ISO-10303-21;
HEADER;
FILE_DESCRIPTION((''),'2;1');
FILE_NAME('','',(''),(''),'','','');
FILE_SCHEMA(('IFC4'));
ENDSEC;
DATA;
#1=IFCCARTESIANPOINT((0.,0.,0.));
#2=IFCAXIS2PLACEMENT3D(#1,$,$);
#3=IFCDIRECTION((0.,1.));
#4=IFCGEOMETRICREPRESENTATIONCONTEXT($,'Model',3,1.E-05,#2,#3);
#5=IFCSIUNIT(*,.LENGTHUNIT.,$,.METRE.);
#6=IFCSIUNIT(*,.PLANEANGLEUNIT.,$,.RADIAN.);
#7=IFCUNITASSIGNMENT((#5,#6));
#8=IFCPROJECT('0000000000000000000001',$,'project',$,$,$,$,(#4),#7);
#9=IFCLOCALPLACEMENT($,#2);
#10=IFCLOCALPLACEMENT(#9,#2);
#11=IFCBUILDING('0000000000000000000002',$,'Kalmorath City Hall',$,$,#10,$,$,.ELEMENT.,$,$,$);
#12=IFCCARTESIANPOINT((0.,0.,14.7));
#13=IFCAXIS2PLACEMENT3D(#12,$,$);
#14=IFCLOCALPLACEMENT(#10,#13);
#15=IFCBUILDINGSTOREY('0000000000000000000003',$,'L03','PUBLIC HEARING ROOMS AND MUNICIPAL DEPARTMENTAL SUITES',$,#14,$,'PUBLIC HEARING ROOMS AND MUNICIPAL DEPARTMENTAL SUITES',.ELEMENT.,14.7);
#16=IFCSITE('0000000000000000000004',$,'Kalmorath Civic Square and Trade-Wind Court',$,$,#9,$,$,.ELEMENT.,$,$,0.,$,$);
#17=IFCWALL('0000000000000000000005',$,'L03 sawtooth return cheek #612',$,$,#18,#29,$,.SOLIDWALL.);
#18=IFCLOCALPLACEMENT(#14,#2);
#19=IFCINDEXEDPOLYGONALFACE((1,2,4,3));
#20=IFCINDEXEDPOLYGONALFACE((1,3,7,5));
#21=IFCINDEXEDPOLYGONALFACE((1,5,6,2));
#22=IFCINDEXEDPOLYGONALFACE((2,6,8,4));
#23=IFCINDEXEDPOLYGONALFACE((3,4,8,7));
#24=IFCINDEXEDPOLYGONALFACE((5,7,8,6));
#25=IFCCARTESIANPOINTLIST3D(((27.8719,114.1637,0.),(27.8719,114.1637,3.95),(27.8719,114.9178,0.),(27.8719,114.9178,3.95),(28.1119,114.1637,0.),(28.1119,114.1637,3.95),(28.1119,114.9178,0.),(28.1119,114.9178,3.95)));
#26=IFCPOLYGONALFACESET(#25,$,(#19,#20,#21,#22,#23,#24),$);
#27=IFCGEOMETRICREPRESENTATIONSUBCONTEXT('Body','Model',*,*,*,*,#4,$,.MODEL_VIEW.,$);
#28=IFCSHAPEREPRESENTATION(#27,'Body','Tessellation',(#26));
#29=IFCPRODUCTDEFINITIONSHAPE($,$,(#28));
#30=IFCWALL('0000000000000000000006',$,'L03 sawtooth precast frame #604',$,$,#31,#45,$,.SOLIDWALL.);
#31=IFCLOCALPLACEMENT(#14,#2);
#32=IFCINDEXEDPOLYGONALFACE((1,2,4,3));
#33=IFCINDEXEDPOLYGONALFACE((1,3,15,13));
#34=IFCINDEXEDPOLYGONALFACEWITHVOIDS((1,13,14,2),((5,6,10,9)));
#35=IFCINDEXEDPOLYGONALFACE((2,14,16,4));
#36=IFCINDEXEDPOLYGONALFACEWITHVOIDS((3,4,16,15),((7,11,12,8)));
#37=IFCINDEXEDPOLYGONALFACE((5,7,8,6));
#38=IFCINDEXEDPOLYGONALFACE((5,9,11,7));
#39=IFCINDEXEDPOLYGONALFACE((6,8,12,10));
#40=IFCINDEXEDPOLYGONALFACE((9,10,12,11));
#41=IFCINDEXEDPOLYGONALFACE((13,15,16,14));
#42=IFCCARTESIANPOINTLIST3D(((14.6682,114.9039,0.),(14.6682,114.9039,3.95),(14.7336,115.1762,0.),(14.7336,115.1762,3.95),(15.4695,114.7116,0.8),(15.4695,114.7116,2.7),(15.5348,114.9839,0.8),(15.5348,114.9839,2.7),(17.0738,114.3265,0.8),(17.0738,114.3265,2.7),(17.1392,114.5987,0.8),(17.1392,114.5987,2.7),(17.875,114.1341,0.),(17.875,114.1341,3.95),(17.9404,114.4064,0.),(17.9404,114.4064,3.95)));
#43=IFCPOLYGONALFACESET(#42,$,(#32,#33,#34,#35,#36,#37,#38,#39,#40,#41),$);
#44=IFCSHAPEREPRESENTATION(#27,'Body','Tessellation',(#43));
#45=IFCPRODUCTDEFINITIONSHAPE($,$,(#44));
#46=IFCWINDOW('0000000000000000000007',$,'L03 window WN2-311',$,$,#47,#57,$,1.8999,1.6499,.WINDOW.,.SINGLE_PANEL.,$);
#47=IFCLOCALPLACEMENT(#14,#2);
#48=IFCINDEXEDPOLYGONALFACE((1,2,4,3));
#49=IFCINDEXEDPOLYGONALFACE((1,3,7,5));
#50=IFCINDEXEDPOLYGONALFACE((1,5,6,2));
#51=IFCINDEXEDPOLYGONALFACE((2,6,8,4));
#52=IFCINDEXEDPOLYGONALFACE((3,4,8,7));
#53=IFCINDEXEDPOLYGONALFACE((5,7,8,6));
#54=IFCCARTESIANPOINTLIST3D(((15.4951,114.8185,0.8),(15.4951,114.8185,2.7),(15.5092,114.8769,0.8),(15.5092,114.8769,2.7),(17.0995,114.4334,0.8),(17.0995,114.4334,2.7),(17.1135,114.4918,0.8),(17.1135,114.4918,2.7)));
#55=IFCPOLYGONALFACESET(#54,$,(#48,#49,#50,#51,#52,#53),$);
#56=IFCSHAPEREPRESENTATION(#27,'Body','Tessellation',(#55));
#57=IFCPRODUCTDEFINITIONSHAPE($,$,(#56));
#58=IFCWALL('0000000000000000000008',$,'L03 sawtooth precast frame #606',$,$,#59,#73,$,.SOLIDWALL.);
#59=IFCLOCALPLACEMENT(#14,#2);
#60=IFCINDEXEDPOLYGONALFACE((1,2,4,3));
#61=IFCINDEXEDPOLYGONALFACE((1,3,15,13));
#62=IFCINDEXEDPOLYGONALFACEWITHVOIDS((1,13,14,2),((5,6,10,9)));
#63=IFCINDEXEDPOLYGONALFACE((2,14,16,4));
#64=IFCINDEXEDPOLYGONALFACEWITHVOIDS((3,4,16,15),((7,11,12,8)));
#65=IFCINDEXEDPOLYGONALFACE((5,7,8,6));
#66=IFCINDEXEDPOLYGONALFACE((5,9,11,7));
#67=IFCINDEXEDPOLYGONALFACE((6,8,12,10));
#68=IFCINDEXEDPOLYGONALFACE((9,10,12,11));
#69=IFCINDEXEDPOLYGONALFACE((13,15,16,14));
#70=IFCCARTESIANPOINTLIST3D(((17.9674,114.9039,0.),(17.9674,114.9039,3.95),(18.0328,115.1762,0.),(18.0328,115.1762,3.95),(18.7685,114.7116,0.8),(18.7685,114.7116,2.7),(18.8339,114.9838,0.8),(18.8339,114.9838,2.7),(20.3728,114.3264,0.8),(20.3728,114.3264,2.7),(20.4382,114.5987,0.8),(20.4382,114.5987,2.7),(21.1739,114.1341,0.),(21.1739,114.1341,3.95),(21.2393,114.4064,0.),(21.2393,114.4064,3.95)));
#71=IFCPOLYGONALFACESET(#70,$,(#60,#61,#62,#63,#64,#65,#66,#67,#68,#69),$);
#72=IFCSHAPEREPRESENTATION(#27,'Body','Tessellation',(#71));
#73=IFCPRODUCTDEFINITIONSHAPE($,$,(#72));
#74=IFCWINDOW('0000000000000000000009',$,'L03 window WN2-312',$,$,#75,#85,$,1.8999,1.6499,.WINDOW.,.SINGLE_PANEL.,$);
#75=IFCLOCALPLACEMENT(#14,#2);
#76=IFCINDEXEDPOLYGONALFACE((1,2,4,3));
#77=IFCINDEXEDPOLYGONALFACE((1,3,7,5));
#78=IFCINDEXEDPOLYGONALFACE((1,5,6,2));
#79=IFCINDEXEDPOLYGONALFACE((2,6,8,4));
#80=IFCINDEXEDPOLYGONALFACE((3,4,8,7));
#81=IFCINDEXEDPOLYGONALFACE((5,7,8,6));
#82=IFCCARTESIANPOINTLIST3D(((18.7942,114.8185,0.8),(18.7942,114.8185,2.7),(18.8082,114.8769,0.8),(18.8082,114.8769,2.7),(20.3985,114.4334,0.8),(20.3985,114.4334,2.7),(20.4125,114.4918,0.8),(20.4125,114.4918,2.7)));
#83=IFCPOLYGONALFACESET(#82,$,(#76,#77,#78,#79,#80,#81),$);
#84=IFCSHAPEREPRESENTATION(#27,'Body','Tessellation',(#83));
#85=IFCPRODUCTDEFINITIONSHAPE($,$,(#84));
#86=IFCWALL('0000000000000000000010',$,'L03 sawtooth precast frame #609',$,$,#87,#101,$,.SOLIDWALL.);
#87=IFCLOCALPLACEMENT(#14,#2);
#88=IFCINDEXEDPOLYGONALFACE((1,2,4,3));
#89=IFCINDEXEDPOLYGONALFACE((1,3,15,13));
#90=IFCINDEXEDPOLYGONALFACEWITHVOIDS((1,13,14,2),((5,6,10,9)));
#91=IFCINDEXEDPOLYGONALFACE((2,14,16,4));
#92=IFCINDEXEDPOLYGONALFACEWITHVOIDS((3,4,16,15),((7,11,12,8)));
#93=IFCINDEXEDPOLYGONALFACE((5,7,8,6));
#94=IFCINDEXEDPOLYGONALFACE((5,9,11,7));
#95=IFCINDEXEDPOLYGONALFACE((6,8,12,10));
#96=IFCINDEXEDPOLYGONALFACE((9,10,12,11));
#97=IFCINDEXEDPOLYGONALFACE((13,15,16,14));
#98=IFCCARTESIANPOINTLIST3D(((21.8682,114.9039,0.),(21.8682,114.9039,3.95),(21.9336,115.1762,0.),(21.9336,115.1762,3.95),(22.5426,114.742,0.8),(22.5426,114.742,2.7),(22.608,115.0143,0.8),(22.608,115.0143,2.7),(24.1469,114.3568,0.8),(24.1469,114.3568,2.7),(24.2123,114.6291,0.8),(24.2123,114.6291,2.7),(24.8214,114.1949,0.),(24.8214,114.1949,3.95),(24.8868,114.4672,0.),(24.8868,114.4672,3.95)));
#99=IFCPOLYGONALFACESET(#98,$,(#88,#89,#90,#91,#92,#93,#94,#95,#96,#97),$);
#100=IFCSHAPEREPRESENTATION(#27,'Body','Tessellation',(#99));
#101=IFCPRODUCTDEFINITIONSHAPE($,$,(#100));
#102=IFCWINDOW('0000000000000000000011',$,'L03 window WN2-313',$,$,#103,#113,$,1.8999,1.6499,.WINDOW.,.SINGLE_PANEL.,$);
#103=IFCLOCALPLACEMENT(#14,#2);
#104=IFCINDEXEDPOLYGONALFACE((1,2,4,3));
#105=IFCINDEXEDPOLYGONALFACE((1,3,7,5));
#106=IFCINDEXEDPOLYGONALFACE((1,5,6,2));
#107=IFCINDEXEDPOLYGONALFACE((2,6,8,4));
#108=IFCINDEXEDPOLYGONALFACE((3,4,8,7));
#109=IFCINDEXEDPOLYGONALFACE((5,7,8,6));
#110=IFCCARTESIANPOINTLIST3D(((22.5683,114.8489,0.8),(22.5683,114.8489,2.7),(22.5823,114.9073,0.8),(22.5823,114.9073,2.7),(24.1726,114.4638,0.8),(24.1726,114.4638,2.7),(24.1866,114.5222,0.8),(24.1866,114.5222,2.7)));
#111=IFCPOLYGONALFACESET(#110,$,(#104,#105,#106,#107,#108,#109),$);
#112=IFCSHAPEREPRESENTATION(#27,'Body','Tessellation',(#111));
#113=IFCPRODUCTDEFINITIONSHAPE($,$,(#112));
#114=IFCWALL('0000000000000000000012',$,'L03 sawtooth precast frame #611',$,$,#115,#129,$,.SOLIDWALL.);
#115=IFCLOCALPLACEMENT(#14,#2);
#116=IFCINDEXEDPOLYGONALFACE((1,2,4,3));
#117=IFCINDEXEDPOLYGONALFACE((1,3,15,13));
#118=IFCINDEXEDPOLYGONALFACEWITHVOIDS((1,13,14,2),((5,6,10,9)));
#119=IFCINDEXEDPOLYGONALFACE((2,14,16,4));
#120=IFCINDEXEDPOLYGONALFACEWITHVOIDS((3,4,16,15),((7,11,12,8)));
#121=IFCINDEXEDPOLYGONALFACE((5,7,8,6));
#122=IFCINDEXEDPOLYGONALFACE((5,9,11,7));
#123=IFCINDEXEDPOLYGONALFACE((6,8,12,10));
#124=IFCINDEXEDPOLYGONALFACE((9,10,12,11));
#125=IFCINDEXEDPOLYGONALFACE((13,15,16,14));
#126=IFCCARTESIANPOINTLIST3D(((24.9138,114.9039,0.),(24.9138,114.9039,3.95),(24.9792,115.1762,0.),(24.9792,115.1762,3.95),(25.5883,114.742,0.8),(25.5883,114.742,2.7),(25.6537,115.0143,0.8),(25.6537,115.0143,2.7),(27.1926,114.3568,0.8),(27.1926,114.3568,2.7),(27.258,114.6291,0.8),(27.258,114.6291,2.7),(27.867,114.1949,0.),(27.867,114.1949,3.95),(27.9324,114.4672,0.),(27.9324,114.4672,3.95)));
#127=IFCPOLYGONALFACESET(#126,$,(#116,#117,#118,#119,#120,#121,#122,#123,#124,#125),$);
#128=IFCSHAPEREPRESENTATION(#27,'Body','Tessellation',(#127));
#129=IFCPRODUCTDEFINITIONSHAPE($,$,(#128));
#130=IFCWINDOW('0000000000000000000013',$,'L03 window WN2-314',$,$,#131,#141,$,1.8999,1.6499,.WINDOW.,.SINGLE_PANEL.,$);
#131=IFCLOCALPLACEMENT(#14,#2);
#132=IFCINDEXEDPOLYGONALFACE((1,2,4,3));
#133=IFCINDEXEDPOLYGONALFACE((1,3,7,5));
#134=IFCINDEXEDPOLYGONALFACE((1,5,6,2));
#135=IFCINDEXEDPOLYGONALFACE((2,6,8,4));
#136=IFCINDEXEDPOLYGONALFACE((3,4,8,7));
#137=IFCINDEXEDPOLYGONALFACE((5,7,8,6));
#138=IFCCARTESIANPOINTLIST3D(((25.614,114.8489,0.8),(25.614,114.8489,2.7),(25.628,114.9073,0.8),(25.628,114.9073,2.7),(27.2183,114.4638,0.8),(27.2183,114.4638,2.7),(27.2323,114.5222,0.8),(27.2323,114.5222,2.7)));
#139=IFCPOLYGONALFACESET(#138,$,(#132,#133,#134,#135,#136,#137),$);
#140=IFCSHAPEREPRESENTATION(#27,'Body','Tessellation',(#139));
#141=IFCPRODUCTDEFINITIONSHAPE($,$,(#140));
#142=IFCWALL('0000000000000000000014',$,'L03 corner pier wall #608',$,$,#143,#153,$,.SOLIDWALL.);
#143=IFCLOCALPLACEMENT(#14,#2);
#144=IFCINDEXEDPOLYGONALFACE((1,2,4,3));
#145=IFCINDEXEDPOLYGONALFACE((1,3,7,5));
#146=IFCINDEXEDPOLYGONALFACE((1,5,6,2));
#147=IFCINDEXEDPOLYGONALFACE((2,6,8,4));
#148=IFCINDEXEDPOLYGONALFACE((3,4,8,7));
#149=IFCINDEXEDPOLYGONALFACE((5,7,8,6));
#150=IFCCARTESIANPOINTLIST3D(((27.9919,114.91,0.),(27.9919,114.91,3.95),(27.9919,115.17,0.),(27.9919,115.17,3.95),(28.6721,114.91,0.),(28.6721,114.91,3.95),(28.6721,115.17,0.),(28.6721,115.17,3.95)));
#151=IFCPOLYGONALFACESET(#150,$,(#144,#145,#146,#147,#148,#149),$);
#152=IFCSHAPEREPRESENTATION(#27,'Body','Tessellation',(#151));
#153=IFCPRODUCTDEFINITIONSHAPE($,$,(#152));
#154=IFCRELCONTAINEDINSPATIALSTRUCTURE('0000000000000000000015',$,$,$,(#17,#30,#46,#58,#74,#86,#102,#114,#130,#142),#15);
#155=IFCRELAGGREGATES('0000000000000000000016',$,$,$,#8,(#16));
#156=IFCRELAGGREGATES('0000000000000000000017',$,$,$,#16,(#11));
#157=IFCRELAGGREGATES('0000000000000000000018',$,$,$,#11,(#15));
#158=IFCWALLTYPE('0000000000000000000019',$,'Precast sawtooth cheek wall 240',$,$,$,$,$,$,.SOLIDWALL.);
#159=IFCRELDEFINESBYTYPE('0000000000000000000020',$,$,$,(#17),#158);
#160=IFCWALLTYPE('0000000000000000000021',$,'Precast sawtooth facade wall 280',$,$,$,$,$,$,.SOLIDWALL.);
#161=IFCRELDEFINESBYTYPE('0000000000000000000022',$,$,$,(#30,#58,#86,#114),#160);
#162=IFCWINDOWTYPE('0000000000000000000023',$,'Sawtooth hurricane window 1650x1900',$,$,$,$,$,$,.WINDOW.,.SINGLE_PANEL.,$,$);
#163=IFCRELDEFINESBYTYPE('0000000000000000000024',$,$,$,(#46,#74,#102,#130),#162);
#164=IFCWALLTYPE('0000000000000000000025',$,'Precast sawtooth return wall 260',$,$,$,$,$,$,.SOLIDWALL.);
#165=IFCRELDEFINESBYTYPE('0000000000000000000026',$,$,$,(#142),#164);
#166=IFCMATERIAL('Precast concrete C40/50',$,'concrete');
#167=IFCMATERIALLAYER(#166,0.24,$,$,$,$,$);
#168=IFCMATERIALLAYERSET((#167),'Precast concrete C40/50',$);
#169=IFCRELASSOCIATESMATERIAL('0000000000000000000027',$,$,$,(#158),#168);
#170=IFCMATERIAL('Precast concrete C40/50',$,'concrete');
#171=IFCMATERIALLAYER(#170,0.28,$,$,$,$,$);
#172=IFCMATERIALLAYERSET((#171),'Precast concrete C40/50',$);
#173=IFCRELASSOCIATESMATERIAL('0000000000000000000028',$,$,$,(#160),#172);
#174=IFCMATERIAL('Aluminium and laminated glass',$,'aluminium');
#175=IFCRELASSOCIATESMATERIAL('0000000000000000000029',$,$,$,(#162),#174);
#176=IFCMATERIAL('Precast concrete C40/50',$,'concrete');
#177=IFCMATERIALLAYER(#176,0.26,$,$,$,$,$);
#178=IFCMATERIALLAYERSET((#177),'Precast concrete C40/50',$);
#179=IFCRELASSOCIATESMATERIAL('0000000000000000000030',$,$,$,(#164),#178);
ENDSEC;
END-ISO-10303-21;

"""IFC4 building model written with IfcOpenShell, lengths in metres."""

from ifc_helpers import new_model, si_unit, direction, frame, frame_2d, origin, place, context, subcontext, project, spatial, rectangle, extrude, material, layer, layer_set, type_object, element, fill, save


model = new_model("IFC4")

# Units and contexts
model_context = context("Model", 3, precision=1e-05, world=origin(), true_north=direction((0.0, 1.0)))
body_context = subcontext(model_context, "Body", "Model", "MODEL_VIEW")
ifc_project = project(units=[si_unit("LENGTHUNIT", "METRE"), si_unit("PLANEANGLEUNIT", "RADIAN")], contexts=[model_context])

# Site, building, storey
site_placement = place(None, origin())
site = spatial("IfcSite", under=ifc_project, at=site_placement, Name="Kalmorath Civic Square and Trade-Wind Court", CompositionType="ELEMENT", RefElevation=0.0)
building_placement = place(site_placement, origin())
building = spatial("IfcBuilding", under=site, at=building_placement, Name="Kalmorath City Hall", CompositionType="ELEMENT")
storey_placement = place(building_placement, frame((0.0, 0.0, 14.7)))
storey = spatial("IfcBuildingStorey", under=building, at=storey_placement, Name="L03", Description="PUBLIC HEARING ROOMS AND MUNICIPAL DEPARTMENTAL SUITES", LongName="PUBLIC HEARING ROOMS AND MUNICIPAL DEPARTMENTAL SUITES", CompositionType="ELEMENT", Elevation=14.7)

# Wall
ifc_material_1 = material(Name="Precast concrete C40/50", Category="concrete")
ifc_layer_1 = layer(ifc_material_1, 0.24)
ifc_layer_set_1 = layer_set([ifc_layer_1], Name="Precast concrete C40/50")
wall_type_1 = type_object("IfcWallType", Name="Precast sawtooth cheek wall 240", PredefinedType="SOLIDWALL", material=ifc_layer_set_1)
wall_1_placement = place(storey_placement, frame((27.9919, 114.1638, 0.0), z_axis=(0.0, 0.0, 1.0), x_axis=(0.0, 1.0, 0.0)))
element("IfcWall", 1, at=wall_1_placement, inside=storey, type_object=wall_type_1, Name="L03 sawtooth return cheek #612", PredefinedType="SOLIDWALL", context=body_context, shape_type="SweptSolid", body=[
    extrude(rectangle(XDim=0.7542, YDim=0.24, at=frame_2d((0.377, 0.0))), origin(), (0.0, 0.0, 1.0), 3.95),
])

# Walls, openings, windows
ifc_material_2 = material(Name="Precast concrete C40/50", Category="concrete")
ifc_layer_2 = layer(ifc_material_2, 0.28)
ifc_layer_set_2 = layer_set([ifc_layer_2], Name="Precast concrete C40/50")
wall_type_2 = type_object("IfcWallType", Name="Precast sawtooth facade wall 280", PredefinedType="SOLIDWALL", material=ifc_layer_set_2)
wall_2_placement = place(storey_placement, frame((14.7009, 115.04, 0.0), z_axis=(0.0, 0.0, 1.0), x_axis=(0.972377, -0.233415, 0.0)))
wall_2 = element("IfcWall", 2, at=wall_2_placement, inside=storey, type_object=wall_type_2, Name="L03 sawtooth precast frame #604", PredefinedType="SOLIDWALL", context=body_context, shape_type="SweptSolid", body=[
    extrude(rectangle(XDim=3.2979, YDim=0.28, at=frame_2d((1.6489, 0.0))), origin(), (0.0, 0.0, 1.0), 3.95),
])
opening_1_placement = place(wall_2_placement, frame((0.824, 0.0, 0.8)))
opening_1 = element("IfcOpeningElement", 3, at=opening_1_placement, cuts=wall_2, PredefinedType="OPENING", context=body_context, shape_type="SweptSolid", body=[
    extrude(rectangle(XDim=1.6499, YDim=1.8999, at=frame_2d((0.825, 0.95))), frame((0.0, 0.1499, 0.0), z_axis=(0.0, -1.0, 0.0), x_axis=(1.0, 0.0, 0.0)), (0.0, 0.0, 1.0), 0.3),
])
ifc_material_3 = material(Name="Aluminium and laminated glass", Category="aluminium")
window_type_1 = type_object("IfcWindowType", Name="Sawtooth hurricane window 1650x1900", PartitioningType="SINGLE_PANEL", PredefinedType="WINDOW", material=ifc_material_3)
window_1_placement = place(opening_1_placement, origin())
window_1 = element("IfcWindow", 4, at=window_1_placement, inside=storey, type_object=window_type_1, Name="L03 window WN2-311", OverallHeight=1.8999, OverallWidth=1.6499, PartitioningType="SINGLE_PANEL", PredefinedType="WINDOW", context=body_context, shape_type="SweptSolid", body=[
    extrude(rectangle(XDim=1.6499, YDim=1.8999, at=frame_2d((0.825, 0.95))), frame((0.0, 0.03, 0.0), z_axis=(0.0, -1.0, 0.0), x_axis=(1.0, 0.0, 0.0)), (0.0, 0.0, 1.0), 0.0601),
])
fill(opening_1, window_1)
wall_3_placement = place(storey_placement, frame((18.0, 115.04, 0.0), z_axis=(0.0, 0.0, 1.0), x_axis=(0.972373, -0.233432, 0.0)))
wall_3 = element("IfcWall", 5, at=wall_3_placement, inside=storey, type_object=wall_type_2, Name="L03 sawtooth precast frame #606", PredefinedType="SOLIDWALL", context=body_context, shape_type="SweptSolid", body=[
    extrude(rectangle(XDim=3.2976, YDim=0.28, at=frame_2d((1.6489, 0.0))), origin(), (0.0, 0.0, 1.0), 3.95),
])
opening_2_placement = place(wall_3_placement, frame((0.824, 0.0, 0.8)))
opening_2 = element("IfcOpeningElement", 6, at=opening_2_placement, cuts=wall_3, PredefinedType="OPENING", context=body_context, shape_type="SweptSolid", body=[
    extrude(rectangle(XDim=1.6499, YDim=1.8999, at=frame_2d((0.825, 0.95))), frame((0.0, 0.1499, 0.0), z_axis=(0.0, -1.0, 0.0), x_axis=(1.0, 0.0, 0.0)), (0.0, 0.0, 1.0), 0.3),
])
window_2_placement = place(opening_2_placement, origin())
window_2 = element("IfcWindow", 7, at=window_2_placement, inside=storey, type_object=window_type_1, Name="L03 window WN2-312", OverallHeight=1.8999, OverallWidth=1.6499, PartitioningType="SINGLE_PANEL", PredefinedType="WINDOW", context=body_context, shape_type="SweptSolid", body=[
    extrude(rectangle(XDim=1.6499, YDim=1.8999, at=frame_2d((0.825, 0.95))), frame((0.0, 0.03, 0.0), z_axis=(0.0, -1.0, 0.0), x_axis=(1.0, 0.0, 0.0)), (0.0, 0.0, 1.0), 0.0601),
])
fill(opening_2, window_2)
wall_4_placement = place(storey_placement, frame((21.9009, 115.04, 0.0), z_axis=(0.0, 0.0, 1.0), x_axis=(0.97237, -0.233446, 0.0)))
wall_4 = element("IfcWall", 8, at=wall_4_placement, inside=storey, type_object=wall_type_2, Name="L03 sawtooth precast frame #609", PredefinedType="SOLIDWALL", context=body_context, shape_type="SweptSolid", body=[
    extrude(rectangle(XDim=3.0371, YDim=0.28, at=frame_2d((1.5186, 0.0))), origin(), (0.0, 0.0, 1.0), 3.95),
])
opening_3_placement = place(wall_4_placement, frame((0.6936, 0.0, 0.8)))
opening_3 = element("IfcOpeningElement", 9, at=opening_3_placement, cuts=wall_4, PredefinedType="OPENING", context=body_context, shape_type="SweptSolid", body=[
    extrude(rectangle(XDim=1.6499, YDim=1.8999, at=frame_2d((0.825, 0.95))), frame((0.0, 0.1499, 0.0), z_axis=(0.0, -1.0, 0.0), x_axis=(1.0, 0.0, 0.0)), (0.0, 0.0, 1.0), 0.3),
])
window_3_placement = place(opening_3_placement, origin())
window_3 = element("IfcWindow", 10, at=window_3_placement, inside=storey, type_object=window_type_1, Name="L03 window WN2-313", OverallHeight=1.8999, OverallWidth=1.6499, PartitioningType="SINGLE_PANEL", PredefinedType="WINDOW", context=body_context, shape_type="SweptSolid", body=[
    extrude(rectangle(XDim=1.6499, YDim=1.8999, at=frame_2d((0.825, 0.95))), frame((0.0, 0.03, 0.0), z_axis=(0.0, -1.0, 0.0), x_axis=(1.0, 0.0, 0.0)), (0.0, 0.0, 1.0), 0.0601),
])
fill(opening_3, window_3)
wall_5_placement = place(storey_placement, frame((24.9465, 115.04, 0.0), z_axis=(0.0, 0.0, 1.0), x_axis=(0.97237, -0.233446, 0.0)))
wall_5 = element("IfcWall", 11, at=wall_5_placement, inside=storey, type_object=wall_type_2, Name="L03 sawtooth precast frame #611", PredefinedType="SOLIDWALL", context=body_context, shape_type="SweptSolid", body=[
    extrude(rectangle(XDim=3.0371, YDim=0.28, at=frame_2d((1.5186, 0.0))), origin(), (0.0, 0.0, 1.0), 3.95),
])
opening_4_placement = place(wall_5_placement, frame((0.6936, 0.0, 0.8)))
opening_4 = element("IfcOpeningElement", 12, at=opening_4_placement, cuts=wall_5, PredefinedType="OPENING", context=body_context, shape_type="SweptSolid", body=[
    extrude(rectangle(XDim=1.6499, YDim=1.8999, at=frame_2d((0.825, 0.95))), frame((0.0, 0.1499, 0.0), z_axis=(0.0, -1.0, 0.0), x_axis=(1.0, 0.0, 0.0)), (0.0, 0.0, 1.0), 0.3),
])
window_4_placement = place(opening_4_placement, origin())
window_4 = element("IfcWindow", 13, at=window_4_placement, inside=storey, type_object=window_type_1, Name="L03 window WN2-314", OverallHeight=1.8999, OverallWidth=1.6499, PartitioningType="SINGLE_PANEL", PredefinedType="WINDOW", context=body_context, shape_type="SweptSolid", body=[
    extrude(rectangle(XDim=1.6499, YDim=1.8999, at=frame_2d((0.825, 0.95))), frame((0.0, 0.03, 0.0), z_axis=(0.0, -1.0, 0.0), x_axis=(1.0, 0.0, 0.0)), (0.0, 0.0, 1.0), 0.0601),
])
fill(opening_4, window_4)

# Wall
ifc_material_4 = material(Name="Precast concrete C40/50", Category="concrete")
ifc_layer_3 = layer(ifc_material_4, 0.26)
ifc_layer_set_3 = layer_set([ifc_layer_3], Name="Precast concrete C40/50")
wall_type_3 = type_object("IfcWallType", Name="Precast sawtooth return wall 260", PredefinedType="SOLIDWALL", material=ifc_layer_set_3)
wall_6_placement = place(storey_placement, frame((27.9919, 115.04, 0.0), z_axis=(0.0, 0.0, 1.0), x_axis=(1.0, 0.0, 0.0)))
element("IfcWall", 14, at=wall_6_placement, inside=storey, type_object=wall_type_3, Name="L03 corner pier wall #608", PredefinedType="SOLIDWALL", context=body_context, shape_type="SweptSolid", body=[
    extrude(rectangle(XDim=0.6802, YDim=0.26, at=frame_2d((0.3401, 0.0))), origin(), (0.0, 0.0, 1.0), 3.95),
])

save(model, "model.ifc")
